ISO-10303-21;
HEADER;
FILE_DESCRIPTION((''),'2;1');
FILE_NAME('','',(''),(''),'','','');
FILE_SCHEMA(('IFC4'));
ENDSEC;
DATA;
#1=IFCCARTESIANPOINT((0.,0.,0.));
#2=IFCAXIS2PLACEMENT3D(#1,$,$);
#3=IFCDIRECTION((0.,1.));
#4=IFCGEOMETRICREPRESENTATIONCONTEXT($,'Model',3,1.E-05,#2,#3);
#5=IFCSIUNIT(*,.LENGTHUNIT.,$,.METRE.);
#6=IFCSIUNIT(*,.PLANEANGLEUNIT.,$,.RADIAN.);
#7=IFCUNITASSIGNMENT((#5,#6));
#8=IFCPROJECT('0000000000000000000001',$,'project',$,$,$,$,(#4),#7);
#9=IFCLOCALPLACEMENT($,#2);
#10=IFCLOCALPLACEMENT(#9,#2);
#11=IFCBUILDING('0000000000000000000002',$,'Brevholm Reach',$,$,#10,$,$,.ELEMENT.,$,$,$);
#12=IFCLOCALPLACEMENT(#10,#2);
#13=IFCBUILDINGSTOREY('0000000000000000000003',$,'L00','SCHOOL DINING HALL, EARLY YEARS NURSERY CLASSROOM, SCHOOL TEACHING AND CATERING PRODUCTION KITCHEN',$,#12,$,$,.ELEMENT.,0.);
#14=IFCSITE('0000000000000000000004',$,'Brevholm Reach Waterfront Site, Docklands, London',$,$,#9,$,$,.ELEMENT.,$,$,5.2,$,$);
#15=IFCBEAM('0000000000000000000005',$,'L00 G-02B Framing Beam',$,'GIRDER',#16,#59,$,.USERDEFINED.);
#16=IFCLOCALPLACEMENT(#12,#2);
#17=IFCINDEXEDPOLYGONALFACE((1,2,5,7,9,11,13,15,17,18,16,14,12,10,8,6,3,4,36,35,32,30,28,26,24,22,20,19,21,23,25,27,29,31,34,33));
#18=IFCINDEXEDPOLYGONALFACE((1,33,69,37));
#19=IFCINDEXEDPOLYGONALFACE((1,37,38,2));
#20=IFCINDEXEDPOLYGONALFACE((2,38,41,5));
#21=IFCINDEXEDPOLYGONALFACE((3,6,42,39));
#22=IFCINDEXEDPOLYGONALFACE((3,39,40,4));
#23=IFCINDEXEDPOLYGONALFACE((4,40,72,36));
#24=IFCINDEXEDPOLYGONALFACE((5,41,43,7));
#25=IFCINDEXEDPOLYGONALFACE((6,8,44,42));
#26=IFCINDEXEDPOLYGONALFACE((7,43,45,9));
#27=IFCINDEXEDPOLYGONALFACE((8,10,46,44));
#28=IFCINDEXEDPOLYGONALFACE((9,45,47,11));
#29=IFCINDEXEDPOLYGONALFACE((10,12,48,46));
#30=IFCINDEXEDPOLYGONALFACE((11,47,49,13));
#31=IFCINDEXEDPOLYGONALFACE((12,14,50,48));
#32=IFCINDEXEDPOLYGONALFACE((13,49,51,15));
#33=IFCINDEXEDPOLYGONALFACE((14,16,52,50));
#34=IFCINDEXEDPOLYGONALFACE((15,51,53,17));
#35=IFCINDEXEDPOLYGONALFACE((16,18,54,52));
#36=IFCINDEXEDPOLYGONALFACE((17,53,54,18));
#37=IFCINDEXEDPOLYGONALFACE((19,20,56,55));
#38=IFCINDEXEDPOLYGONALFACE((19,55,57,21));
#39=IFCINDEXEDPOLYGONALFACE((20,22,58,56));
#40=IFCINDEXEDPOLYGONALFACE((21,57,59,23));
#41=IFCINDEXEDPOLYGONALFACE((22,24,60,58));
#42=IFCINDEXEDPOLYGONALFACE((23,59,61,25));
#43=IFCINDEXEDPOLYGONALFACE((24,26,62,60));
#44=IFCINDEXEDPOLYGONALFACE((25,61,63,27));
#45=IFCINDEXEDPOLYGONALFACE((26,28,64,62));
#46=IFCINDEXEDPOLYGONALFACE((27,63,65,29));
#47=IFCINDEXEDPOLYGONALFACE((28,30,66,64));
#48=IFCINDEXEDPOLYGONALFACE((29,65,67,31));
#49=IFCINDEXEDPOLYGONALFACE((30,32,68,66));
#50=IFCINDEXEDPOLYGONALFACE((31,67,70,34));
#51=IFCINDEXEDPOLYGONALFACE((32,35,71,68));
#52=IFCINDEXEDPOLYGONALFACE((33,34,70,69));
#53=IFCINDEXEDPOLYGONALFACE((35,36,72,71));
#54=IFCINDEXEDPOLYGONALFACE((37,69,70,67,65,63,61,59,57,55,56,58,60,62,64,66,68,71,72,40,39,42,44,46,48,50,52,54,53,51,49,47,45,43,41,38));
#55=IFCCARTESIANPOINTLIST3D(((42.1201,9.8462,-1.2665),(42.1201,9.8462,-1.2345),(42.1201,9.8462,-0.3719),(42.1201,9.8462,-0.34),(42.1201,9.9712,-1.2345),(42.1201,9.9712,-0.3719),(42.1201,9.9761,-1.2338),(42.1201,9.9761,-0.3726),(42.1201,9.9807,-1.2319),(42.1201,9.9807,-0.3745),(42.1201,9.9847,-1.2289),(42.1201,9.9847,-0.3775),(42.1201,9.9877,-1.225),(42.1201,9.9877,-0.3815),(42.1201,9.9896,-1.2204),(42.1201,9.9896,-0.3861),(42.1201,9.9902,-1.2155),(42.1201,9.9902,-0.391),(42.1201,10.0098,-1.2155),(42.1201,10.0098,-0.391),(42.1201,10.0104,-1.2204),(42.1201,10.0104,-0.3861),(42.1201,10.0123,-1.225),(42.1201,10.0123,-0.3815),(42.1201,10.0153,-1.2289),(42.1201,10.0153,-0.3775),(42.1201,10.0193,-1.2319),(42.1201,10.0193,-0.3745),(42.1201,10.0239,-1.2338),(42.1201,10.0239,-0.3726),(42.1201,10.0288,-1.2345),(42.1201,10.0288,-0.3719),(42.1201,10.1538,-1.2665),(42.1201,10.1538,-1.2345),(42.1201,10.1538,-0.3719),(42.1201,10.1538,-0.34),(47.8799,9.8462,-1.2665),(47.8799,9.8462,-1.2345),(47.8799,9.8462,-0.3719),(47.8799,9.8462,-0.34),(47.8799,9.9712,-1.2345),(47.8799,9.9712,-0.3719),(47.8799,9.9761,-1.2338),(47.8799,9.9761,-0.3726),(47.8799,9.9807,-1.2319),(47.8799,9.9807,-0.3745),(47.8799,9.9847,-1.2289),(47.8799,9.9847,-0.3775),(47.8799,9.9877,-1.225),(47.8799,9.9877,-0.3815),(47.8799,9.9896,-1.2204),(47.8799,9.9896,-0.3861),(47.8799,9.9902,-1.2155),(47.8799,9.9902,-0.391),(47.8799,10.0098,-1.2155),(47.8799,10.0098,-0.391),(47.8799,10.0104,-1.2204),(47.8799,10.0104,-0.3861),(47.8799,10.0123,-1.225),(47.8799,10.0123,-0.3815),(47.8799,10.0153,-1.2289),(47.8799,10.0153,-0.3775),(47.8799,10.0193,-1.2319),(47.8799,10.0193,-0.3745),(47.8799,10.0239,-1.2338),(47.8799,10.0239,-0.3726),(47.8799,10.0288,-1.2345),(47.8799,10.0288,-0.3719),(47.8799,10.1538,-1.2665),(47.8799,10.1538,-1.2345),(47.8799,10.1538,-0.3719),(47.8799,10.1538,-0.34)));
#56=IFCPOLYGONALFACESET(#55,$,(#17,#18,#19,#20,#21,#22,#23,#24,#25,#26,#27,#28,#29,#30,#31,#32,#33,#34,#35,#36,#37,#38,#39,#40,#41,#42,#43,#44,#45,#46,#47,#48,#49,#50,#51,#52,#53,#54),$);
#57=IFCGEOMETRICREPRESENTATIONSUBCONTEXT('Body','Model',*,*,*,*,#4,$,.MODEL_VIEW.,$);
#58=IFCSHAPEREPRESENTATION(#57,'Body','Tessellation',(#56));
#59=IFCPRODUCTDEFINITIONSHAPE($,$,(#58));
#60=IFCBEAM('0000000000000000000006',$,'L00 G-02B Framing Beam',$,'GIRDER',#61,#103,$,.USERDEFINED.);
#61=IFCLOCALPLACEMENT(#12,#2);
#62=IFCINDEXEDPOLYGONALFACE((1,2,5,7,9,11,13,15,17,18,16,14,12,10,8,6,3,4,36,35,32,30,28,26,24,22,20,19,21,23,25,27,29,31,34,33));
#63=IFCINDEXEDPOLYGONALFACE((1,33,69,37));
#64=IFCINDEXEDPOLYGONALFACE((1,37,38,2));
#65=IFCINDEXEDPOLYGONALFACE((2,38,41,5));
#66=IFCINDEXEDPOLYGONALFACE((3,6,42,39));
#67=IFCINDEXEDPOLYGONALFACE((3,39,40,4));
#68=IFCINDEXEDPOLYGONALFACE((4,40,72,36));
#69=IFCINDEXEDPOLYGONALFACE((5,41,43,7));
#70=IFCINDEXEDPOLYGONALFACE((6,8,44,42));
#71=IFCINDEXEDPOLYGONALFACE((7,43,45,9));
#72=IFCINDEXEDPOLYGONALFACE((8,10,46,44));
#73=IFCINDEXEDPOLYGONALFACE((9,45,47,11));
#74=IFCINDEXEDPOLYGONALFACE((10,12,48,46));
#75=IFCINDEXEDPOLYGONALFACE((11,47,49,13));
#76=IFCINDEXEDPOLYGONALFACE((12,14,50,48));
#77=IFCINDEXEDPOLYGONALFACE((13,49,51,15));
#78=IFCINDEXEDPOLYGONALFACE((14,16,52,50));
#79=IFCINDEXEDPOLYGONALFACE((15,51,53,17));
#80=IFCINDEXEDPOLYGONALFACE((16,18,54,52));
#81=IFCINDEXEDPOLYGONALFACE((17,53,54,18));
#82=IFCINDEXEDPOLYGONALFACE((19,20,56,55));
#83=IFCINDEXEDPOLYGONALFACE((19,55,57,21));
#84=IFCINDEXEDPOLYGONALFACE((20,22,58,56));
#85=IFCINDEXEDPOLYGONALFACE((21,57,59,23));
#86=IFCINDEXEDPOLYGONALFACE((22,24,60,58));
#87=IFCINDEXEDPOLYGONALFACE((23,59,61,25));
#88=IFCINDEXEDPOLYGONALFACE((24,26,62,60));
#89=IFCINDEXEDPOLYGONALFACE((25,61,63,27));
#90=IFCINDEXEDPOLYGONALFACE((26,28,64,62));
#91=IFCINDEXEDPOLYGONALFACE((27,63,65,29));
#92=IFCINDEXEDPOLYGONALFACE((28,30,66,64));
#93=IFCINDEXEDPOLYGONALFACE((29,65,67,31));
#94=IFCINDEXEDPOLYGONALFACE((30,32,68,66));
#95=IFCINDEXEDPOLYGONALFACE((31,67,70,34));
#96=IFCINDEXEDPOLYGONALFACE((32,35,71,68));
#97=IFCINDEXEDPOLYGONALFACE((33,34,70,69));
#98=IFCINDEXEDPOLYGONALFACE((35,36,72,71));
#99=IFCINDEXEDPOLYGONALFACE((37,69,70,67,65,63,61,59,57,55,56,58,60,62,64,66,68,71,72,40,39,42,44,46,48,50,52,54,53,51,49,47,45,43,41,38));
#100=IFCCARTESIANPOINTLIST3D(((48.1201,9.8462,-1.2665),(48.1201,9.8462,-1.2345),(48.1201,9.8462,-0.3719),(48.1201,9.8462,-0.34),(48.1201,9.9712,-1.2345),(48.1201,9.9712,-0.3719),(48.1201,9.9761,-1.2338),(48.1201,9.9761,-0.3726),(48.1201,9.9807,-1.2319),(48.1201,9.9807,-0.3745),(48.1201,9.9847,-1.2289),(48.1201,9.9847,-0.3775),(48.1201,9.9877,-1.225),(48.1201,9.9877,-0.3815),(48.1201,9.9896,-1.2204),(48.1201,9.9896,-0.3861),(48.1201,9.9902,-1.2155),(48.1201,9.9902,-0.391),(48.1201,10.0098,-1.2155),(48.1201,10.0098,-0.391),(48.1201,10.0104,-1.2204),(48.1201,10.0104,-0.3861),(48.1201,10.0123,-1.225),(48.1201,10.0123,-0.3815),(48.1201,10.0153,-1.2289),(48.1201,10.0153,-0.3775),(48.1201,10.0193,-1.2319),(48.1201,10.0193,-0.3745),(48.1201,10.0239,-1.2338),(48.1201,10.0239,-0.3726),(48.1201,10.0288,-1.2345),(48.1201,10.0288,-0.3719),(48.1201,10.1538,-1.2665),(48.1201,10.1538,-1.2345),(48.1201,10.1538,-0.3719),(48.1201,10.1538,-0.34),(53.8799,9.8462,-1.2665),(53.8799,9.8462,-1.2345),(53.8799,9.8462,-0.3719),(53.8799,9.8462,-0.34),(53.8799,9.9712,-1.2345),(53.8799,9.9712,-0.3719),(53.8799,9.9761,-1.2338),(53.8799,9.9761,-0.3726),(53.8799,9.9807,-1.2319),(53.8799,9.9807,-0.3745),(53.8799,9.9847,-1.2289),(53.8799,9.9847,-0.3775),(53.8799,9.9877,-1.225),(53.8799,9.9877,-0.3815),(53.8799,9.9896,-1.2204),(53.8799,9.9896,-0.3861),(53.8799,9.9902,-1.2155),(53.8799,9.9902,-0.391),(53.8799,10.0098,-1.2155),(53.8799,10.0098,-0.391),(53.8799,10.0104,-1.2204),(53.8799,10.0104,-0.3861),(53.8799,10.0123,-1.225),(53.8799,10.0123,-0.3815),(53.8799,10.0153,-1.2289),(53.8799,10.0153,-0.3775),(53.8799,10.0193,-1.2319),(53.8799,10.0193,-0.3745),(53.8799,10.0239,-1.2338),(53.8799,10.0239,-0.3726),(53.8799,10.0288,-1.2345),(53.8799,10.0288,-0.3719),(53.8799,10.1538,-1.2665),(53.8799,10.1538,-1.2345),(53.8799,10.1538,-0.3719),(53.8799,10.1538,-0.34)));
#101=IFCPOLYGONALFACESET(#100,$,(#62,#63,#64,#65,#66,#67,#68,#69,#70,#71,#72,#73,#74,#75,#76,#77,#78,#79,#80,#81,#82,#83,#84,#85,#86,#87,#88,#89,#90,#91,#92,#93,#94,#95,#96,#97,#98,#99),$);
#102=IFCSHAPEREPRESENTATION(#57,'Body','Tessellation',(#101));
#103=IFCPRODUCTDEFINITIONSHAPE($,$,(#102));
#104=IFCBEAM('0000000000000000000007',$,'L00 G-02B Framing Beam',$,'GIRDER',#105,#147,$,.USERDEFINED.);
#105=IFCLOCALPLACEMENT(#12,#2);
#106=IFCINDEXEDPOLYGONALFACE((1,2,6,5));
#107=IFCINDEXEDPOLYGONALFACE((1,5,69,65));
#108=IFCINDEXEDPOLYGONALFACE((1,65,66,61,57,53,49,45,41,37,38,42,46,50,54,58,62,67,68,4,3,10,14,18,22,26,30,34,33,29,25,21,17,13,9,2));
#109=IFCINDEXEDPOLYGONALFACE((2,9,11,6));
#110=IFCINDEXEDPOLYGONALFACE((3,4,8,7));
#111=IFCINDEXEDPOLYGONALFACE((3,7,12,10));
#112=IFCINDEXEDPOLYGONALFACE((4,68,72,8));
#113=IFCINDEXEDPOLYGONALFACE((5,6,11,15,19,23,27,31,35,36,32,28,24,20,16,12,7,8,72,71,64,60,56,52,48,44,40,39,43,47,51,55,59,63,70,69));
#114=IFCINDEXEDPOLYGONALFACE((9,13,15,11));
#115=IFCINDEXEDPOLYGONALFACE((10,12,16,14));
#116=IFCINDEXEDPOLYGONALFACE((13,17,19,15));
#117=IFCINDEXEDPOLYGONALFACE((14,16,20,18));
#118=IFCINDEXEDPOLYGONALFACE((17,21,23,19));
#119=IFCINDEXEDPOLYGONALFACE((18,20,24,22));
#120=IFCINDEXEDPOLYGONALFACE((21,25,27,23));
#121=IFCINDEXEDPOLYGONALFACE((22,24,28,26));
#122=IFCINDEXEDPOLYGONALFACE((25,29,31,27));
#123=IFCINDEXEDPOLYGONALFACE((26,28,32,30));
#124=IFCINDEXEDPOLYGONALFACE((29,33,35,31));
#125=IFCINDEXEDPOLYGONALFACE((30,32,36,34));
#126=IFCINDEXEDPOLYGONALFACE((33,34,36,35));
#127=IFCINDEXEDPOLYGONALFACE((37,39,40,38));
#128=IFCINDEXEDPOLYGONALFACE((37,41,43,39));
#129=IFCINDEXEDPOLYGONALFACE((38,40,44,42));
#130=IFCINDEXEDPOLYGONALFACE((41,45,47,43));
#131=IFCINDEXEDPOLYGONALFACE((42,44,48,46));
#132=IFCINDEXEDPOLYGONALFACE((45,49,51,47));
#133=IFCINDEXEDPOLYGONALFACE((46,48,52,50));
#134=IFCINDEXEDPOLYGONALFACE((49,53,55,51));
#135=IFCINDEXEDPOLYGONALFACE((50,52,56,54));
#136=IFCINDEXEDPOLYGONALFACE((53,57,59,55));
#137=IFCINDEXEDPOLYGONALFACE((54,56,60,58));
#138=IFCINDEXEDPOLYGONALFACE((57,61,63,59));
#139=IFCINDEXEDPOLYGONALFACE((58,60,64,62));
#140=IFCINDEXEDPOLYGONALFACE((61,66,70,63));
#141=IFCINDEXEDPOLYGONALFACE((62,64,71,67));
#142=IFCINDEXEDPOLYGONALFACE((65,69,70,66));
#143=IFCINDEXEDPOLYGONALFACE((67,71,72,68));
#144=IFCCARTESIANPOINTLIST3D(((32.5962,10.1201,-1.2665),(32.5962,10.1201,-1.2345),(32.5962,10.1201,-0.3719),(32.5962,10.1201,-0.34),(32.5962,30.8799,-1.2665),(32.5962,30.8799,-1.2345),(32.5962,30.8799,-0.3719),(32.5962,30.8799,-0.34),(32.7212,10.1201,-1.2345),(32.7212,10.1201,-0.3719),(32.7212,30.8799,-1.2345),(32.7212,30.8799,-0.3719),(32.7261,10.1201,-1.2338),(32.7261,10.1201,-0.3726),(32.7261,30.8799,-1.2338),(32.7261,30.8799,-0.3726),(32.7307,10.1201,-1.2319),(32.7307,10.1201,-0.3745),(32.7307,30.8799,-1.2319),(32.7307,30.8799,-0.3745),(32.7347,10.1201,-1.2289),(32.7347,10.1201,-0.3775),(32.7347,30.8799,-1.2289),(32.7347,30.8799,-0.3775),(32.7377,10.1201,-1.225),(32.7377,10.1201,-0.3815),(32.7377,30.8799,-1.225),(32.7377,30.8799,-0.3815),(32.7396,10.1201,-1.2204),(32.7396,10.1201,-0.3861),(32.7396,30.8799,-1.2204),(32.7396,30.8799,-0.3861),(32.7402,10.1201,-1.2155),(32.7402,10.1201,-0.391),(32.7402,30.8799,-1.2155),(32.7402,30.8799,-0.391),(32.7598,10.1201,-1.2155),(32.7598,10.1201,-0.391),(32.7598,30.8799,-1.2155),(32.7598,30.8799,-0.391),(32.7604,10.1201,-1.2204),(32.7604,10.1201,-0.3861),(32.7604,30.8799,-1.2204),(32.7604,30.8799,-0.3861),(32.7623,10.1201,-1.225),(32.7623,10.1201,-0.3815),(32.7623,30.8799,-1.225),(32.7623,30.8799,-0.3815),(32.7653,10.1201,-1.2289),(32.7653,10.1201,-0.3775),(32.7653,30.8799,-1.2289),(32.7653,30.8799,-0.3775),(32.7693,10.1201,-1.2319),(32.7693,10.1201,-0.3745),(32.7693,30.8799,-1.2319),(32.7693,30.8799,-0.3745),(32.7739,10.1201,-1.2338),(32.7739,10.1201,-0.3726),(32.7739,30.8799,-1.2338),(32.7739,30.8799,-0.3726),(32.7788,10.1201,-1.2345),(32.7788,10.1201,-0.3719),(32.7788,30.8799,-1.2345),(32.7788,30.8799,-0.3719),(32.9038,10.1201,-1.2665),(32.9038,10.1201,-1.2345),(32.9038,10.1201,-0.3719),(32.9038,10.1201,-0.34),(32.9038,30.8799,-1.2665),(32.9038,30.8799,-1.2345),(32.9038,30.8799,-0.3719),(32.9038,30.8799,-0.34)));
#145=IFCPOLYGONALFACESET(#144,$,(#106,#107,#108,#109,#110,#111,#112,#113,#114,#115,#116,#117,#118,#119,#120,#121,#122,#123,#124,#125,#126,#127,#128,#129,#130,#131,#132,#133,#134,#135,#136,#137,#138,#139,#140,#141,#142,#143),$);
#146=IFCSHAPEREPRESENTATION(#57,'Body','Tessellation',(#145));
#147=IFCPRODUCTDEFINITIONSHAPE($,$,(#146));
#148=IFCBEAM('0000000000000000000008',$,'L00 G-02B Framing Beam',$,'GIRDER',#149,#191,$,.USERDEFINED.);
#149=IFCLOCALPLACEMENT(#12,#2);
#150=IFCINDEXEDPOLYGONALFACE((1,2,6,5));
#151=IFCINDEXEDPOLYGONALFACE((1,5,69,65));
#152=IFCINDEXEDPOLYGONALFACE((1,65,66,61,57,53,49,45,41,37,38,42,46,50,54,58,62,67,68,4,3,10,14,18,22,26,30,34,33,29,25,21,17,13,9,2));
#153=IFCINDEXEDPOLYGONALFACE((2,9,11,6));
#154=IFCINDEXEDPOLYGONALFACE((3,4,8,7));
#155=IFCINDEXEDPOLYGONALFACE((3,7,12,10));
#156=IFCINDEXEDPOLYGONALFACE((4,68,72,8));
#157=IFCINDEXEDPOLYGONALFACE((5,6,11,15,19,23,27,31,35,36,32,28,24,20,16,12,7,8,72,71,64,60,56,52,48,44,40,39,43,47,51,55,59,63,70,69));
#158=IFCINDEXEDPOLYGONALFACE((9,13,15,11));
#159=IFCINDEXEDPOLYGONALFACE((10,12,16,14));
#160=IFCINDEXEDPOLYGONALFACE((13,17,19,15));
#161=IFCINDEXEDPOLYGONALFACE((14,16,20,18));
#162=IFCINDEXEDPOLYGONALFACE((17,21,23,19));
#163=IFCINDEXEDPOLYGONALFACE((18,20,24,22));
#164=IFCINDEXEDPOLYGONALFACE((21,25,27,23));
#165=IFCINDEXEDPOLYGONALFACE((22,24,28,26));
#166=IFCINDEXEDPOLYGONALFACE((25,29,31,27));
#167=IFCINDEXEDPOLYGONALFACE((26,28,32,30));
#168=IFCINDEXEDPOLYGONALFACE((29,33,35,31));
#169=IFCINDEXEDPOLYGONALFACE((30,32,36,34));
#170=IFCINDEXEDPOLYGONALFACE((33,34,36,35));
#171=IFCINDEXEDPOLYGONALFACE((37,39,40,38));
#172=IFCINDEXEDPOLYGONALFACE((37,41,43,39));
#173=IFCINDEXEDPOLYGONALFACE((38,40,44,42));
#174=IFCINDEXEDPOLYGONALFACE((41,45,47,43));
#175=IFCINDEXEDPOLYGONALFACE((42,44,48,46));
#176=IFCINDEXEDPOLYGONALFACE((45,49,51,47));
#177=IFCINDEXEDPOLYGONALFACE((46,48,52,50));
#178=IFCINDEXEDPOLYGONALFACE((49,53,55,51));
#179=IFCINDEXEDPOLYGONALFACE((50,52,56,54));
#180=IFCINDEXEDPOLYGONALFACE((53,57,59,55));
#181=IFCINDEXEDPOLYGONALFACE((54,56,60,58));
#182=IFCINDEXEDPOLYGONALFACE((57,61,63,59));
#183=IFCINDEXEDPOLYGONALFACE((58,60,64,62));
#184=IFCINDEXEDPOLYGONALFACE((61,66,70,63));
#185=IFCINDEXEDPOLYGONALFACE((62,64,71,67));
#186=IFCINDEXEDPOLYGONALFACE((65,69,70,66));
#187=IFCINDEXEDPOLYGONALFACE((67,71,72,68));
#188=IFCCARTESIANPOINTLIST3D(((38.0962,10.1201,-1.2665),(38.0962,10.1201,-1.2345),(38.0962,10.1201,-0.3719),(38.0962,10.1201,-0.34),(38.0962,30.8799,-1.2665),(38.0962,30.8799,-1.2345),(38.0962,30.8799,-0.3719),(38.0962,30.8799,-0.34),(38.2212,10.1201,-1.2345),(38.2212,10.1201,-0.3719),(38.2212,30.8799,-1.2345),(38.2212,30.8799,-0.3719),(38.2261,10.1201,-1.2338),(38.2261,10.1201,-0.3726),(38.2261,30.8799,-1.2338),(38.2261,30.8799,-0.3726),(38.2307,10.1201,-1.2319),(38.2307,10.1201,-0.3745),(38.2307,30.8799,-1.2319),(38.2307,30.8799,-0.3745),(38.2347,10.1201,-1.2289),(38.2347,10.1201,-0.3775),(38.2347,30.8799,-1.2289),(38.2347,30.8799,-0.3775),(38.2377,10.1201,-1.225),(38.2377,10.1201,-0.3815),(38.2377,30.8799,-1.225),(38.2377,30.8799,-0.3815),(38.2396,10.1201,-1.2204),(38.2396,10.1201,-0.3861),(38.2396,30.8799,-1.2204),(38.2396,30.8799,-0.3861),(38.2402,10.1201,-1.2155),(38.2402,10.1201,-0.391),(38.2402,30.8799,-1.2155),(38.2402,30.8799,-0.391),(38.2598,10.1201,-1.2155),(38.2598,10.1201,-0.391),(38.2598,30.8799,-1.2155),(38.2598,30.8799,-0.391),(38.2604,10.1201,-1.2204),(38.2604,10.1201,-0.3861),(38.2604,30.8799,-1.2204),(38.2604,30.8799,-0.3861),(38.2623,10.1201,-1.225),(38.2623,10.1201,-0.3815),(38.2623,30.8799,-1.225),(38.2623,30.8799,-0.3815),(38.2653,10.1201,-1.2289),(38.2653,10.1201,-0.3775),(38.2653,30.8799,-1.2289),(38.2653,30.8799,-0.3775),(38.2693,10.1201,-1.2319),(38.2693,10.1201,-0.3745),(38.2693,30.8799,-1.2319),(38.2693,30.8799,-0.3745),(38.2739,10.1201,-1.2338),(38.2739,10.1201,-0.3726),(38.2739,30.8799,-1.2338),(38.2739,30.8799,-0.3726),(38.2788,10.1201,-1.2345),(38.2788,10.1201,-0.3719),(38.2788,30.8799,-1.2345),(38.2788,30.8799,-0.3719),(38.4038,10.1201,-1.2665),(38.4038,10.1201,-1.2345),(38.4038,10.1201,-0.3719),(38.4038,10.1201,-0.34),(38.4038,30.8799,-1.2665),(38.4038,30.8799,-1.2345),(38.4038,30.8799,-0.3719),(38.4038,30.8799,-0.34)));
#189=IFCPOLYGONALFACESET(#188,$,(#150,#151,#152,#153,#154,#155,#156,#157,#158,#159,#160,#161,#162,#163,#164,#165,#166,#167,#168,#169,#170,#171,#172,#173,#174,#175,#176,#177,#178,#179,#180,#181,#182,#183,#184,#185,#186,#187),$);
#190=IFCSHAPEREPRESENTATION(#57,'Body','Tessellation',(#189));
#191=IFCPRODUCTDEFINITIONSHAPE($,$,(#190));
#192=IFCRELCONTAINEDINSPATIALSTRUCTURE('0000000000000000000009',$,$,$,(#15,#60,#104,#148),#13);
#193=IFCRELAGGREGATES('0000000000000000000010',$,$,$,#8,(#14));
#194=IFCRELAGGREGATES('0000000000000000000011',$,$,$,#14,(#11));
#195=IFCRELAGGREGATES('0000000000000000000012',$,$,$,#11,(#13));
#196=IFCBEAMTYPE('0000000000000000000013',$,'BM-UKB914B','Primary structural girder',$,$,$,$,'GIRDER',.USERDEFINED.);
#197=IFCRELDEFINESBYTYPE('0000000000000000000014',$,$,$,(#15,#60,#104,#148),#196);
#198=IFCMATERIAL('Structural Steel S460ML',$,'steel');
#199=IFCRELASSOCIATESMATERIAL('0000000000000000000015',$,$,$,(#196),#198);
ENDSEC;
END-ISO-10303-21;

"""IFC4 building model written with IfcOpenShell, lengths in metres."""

from ifc_helpers import new_model, si_unit, direction, frame, origin, origin_2d, place, context, subcontext, project, spatial, i_section, extrude, material, material_profile, profile_set, type_object, element, save


model = new_model("IFC4")

# Units and contexts
model_context = context("Model", 3, precision=1e-05, world=origin(), true_north=direction((0.0, 1.0)))
body_context = subcontext(model_context, "Body", "Model", "MODEL_VIEW")
ifc_project = project(units=[si_unit("LENGTHUNIT", "METRE"), si_unit("PLANEANGLEUNIT", "RADIAN")], contexts=[model_context])

# Site, building, storey
site_placement = place(None, origin())
site = spatial("IfcSite", under=ifc_project, at=site_placement, Name="Brevholm Reach Waterfront Site, Docklands, London", CompositionType="ELEMENT", RefElevation=5.2)
building_placement = place(site_placement, origin())
building = spatial("IfcBuilding", under=site, at=building_placement, Name="Brevholm Reach", CompositionType="ELEMENT")
storey_placement = place(building_placement, origin())
storey = spatial("IfcBuildingStorey", under=building, at=storey_placement, Name="L00", Description="SCHOOL DINING HALL, EARLY YEARS NURSERY CLASSROOM, SCHOOL TEACHING AND CATERING PRODUCTION KITCHEN", CompositionType="ELEMENT", Elevation=0.0)

# Beams
ifc_material_1 = material(Name="Structural Steel S460ML", Category="steel")
ifc_material_profile_1 = material_profile(ifc_material_1, i_section(OverallWidth=0.3076, OverallDepth=0.9265, WebThickness=0.0195, FlangeThickness=0.032, FilletRadius=0.019, at=origin_2d()), Name="UKB 914x305x289")
ifc_profile_set_1 = profile_set([ifc_material_profile_1], Name="Structural Steel S460ML")
beam_type_1 = type_object("IfcBeamType", Name="BM-UKB914B", Description="Primary structural girder", ElementType="GIRDER", PredefinedType="USERDEFINED", material=ifc_profile_set_1)
for number, where, z_axis, x_axis, name in (
    (1, (42.1201, 10.0, -0.8032), (1.0, 0.0, 0.0), (0.0, 1.0, 0.0), "L00 G-02B Framing Beam"),
    (2, (48.1201, 10.0, -0.8032), (1.0, 0.0, 0.0), (0.0, 1.0, 0.0), "L00 G-02B Framing Beam"),
):
    element("IfcBeam", number, at=place(storey_placement, frame(where, z_axis=z_axis, x_axis=x_axis)), inside=storey, type_object=beam_type_1, Name=name, ObjectType="GIRDER", PredefinedType="USERDEFINED", context=body_context, shape_type="SweptSolid", body=[
        extrude(i_section(OverallWidth=0.3076, OverallDepth=0.9265, WebThickness=0.0195, FlangeThickness=0.032, FilletRadius=0.019, at=origin_2d()), origin(), (0.0, 0.0, 1.0), 5.7598),
    ])
for number, where, z_axis, x_axis, name in (
    (3, (32.75, 10.1201, -0.8032), (0.0, 1.0, 0.0), (-1.0, 0.0, 0.0), "L00 G-02B Framing Beam"),
    (4, (38.25, 10.1201, -0.8032), (0.0, 1.0, 0.0), (-1.0, 0.0, 0.0), "L00 G-02B Framing Beam"),
):
    element("IfcBeam", number, at=place(storey_placement, frame(where, z_axis=z_axis, x_axis=x_axis)), inside=storey, type_object=beam_type_1, Name=name, ObjectType="GIRDER", PredefinedType="USERDEFINED", context=body_context, shape_type="SweptSolid", body=[
        extrude(i_section(OverallWidth=0.3076, OverallDepth=0.9265, WebThickness=0.0195, FlangeThickness=0.032, FilletRadius=0.019, at=origin_2d()), origin(), (0.0, 0.0, 1.0), 20.7598),
    ])

save(model, "model.ifc")
